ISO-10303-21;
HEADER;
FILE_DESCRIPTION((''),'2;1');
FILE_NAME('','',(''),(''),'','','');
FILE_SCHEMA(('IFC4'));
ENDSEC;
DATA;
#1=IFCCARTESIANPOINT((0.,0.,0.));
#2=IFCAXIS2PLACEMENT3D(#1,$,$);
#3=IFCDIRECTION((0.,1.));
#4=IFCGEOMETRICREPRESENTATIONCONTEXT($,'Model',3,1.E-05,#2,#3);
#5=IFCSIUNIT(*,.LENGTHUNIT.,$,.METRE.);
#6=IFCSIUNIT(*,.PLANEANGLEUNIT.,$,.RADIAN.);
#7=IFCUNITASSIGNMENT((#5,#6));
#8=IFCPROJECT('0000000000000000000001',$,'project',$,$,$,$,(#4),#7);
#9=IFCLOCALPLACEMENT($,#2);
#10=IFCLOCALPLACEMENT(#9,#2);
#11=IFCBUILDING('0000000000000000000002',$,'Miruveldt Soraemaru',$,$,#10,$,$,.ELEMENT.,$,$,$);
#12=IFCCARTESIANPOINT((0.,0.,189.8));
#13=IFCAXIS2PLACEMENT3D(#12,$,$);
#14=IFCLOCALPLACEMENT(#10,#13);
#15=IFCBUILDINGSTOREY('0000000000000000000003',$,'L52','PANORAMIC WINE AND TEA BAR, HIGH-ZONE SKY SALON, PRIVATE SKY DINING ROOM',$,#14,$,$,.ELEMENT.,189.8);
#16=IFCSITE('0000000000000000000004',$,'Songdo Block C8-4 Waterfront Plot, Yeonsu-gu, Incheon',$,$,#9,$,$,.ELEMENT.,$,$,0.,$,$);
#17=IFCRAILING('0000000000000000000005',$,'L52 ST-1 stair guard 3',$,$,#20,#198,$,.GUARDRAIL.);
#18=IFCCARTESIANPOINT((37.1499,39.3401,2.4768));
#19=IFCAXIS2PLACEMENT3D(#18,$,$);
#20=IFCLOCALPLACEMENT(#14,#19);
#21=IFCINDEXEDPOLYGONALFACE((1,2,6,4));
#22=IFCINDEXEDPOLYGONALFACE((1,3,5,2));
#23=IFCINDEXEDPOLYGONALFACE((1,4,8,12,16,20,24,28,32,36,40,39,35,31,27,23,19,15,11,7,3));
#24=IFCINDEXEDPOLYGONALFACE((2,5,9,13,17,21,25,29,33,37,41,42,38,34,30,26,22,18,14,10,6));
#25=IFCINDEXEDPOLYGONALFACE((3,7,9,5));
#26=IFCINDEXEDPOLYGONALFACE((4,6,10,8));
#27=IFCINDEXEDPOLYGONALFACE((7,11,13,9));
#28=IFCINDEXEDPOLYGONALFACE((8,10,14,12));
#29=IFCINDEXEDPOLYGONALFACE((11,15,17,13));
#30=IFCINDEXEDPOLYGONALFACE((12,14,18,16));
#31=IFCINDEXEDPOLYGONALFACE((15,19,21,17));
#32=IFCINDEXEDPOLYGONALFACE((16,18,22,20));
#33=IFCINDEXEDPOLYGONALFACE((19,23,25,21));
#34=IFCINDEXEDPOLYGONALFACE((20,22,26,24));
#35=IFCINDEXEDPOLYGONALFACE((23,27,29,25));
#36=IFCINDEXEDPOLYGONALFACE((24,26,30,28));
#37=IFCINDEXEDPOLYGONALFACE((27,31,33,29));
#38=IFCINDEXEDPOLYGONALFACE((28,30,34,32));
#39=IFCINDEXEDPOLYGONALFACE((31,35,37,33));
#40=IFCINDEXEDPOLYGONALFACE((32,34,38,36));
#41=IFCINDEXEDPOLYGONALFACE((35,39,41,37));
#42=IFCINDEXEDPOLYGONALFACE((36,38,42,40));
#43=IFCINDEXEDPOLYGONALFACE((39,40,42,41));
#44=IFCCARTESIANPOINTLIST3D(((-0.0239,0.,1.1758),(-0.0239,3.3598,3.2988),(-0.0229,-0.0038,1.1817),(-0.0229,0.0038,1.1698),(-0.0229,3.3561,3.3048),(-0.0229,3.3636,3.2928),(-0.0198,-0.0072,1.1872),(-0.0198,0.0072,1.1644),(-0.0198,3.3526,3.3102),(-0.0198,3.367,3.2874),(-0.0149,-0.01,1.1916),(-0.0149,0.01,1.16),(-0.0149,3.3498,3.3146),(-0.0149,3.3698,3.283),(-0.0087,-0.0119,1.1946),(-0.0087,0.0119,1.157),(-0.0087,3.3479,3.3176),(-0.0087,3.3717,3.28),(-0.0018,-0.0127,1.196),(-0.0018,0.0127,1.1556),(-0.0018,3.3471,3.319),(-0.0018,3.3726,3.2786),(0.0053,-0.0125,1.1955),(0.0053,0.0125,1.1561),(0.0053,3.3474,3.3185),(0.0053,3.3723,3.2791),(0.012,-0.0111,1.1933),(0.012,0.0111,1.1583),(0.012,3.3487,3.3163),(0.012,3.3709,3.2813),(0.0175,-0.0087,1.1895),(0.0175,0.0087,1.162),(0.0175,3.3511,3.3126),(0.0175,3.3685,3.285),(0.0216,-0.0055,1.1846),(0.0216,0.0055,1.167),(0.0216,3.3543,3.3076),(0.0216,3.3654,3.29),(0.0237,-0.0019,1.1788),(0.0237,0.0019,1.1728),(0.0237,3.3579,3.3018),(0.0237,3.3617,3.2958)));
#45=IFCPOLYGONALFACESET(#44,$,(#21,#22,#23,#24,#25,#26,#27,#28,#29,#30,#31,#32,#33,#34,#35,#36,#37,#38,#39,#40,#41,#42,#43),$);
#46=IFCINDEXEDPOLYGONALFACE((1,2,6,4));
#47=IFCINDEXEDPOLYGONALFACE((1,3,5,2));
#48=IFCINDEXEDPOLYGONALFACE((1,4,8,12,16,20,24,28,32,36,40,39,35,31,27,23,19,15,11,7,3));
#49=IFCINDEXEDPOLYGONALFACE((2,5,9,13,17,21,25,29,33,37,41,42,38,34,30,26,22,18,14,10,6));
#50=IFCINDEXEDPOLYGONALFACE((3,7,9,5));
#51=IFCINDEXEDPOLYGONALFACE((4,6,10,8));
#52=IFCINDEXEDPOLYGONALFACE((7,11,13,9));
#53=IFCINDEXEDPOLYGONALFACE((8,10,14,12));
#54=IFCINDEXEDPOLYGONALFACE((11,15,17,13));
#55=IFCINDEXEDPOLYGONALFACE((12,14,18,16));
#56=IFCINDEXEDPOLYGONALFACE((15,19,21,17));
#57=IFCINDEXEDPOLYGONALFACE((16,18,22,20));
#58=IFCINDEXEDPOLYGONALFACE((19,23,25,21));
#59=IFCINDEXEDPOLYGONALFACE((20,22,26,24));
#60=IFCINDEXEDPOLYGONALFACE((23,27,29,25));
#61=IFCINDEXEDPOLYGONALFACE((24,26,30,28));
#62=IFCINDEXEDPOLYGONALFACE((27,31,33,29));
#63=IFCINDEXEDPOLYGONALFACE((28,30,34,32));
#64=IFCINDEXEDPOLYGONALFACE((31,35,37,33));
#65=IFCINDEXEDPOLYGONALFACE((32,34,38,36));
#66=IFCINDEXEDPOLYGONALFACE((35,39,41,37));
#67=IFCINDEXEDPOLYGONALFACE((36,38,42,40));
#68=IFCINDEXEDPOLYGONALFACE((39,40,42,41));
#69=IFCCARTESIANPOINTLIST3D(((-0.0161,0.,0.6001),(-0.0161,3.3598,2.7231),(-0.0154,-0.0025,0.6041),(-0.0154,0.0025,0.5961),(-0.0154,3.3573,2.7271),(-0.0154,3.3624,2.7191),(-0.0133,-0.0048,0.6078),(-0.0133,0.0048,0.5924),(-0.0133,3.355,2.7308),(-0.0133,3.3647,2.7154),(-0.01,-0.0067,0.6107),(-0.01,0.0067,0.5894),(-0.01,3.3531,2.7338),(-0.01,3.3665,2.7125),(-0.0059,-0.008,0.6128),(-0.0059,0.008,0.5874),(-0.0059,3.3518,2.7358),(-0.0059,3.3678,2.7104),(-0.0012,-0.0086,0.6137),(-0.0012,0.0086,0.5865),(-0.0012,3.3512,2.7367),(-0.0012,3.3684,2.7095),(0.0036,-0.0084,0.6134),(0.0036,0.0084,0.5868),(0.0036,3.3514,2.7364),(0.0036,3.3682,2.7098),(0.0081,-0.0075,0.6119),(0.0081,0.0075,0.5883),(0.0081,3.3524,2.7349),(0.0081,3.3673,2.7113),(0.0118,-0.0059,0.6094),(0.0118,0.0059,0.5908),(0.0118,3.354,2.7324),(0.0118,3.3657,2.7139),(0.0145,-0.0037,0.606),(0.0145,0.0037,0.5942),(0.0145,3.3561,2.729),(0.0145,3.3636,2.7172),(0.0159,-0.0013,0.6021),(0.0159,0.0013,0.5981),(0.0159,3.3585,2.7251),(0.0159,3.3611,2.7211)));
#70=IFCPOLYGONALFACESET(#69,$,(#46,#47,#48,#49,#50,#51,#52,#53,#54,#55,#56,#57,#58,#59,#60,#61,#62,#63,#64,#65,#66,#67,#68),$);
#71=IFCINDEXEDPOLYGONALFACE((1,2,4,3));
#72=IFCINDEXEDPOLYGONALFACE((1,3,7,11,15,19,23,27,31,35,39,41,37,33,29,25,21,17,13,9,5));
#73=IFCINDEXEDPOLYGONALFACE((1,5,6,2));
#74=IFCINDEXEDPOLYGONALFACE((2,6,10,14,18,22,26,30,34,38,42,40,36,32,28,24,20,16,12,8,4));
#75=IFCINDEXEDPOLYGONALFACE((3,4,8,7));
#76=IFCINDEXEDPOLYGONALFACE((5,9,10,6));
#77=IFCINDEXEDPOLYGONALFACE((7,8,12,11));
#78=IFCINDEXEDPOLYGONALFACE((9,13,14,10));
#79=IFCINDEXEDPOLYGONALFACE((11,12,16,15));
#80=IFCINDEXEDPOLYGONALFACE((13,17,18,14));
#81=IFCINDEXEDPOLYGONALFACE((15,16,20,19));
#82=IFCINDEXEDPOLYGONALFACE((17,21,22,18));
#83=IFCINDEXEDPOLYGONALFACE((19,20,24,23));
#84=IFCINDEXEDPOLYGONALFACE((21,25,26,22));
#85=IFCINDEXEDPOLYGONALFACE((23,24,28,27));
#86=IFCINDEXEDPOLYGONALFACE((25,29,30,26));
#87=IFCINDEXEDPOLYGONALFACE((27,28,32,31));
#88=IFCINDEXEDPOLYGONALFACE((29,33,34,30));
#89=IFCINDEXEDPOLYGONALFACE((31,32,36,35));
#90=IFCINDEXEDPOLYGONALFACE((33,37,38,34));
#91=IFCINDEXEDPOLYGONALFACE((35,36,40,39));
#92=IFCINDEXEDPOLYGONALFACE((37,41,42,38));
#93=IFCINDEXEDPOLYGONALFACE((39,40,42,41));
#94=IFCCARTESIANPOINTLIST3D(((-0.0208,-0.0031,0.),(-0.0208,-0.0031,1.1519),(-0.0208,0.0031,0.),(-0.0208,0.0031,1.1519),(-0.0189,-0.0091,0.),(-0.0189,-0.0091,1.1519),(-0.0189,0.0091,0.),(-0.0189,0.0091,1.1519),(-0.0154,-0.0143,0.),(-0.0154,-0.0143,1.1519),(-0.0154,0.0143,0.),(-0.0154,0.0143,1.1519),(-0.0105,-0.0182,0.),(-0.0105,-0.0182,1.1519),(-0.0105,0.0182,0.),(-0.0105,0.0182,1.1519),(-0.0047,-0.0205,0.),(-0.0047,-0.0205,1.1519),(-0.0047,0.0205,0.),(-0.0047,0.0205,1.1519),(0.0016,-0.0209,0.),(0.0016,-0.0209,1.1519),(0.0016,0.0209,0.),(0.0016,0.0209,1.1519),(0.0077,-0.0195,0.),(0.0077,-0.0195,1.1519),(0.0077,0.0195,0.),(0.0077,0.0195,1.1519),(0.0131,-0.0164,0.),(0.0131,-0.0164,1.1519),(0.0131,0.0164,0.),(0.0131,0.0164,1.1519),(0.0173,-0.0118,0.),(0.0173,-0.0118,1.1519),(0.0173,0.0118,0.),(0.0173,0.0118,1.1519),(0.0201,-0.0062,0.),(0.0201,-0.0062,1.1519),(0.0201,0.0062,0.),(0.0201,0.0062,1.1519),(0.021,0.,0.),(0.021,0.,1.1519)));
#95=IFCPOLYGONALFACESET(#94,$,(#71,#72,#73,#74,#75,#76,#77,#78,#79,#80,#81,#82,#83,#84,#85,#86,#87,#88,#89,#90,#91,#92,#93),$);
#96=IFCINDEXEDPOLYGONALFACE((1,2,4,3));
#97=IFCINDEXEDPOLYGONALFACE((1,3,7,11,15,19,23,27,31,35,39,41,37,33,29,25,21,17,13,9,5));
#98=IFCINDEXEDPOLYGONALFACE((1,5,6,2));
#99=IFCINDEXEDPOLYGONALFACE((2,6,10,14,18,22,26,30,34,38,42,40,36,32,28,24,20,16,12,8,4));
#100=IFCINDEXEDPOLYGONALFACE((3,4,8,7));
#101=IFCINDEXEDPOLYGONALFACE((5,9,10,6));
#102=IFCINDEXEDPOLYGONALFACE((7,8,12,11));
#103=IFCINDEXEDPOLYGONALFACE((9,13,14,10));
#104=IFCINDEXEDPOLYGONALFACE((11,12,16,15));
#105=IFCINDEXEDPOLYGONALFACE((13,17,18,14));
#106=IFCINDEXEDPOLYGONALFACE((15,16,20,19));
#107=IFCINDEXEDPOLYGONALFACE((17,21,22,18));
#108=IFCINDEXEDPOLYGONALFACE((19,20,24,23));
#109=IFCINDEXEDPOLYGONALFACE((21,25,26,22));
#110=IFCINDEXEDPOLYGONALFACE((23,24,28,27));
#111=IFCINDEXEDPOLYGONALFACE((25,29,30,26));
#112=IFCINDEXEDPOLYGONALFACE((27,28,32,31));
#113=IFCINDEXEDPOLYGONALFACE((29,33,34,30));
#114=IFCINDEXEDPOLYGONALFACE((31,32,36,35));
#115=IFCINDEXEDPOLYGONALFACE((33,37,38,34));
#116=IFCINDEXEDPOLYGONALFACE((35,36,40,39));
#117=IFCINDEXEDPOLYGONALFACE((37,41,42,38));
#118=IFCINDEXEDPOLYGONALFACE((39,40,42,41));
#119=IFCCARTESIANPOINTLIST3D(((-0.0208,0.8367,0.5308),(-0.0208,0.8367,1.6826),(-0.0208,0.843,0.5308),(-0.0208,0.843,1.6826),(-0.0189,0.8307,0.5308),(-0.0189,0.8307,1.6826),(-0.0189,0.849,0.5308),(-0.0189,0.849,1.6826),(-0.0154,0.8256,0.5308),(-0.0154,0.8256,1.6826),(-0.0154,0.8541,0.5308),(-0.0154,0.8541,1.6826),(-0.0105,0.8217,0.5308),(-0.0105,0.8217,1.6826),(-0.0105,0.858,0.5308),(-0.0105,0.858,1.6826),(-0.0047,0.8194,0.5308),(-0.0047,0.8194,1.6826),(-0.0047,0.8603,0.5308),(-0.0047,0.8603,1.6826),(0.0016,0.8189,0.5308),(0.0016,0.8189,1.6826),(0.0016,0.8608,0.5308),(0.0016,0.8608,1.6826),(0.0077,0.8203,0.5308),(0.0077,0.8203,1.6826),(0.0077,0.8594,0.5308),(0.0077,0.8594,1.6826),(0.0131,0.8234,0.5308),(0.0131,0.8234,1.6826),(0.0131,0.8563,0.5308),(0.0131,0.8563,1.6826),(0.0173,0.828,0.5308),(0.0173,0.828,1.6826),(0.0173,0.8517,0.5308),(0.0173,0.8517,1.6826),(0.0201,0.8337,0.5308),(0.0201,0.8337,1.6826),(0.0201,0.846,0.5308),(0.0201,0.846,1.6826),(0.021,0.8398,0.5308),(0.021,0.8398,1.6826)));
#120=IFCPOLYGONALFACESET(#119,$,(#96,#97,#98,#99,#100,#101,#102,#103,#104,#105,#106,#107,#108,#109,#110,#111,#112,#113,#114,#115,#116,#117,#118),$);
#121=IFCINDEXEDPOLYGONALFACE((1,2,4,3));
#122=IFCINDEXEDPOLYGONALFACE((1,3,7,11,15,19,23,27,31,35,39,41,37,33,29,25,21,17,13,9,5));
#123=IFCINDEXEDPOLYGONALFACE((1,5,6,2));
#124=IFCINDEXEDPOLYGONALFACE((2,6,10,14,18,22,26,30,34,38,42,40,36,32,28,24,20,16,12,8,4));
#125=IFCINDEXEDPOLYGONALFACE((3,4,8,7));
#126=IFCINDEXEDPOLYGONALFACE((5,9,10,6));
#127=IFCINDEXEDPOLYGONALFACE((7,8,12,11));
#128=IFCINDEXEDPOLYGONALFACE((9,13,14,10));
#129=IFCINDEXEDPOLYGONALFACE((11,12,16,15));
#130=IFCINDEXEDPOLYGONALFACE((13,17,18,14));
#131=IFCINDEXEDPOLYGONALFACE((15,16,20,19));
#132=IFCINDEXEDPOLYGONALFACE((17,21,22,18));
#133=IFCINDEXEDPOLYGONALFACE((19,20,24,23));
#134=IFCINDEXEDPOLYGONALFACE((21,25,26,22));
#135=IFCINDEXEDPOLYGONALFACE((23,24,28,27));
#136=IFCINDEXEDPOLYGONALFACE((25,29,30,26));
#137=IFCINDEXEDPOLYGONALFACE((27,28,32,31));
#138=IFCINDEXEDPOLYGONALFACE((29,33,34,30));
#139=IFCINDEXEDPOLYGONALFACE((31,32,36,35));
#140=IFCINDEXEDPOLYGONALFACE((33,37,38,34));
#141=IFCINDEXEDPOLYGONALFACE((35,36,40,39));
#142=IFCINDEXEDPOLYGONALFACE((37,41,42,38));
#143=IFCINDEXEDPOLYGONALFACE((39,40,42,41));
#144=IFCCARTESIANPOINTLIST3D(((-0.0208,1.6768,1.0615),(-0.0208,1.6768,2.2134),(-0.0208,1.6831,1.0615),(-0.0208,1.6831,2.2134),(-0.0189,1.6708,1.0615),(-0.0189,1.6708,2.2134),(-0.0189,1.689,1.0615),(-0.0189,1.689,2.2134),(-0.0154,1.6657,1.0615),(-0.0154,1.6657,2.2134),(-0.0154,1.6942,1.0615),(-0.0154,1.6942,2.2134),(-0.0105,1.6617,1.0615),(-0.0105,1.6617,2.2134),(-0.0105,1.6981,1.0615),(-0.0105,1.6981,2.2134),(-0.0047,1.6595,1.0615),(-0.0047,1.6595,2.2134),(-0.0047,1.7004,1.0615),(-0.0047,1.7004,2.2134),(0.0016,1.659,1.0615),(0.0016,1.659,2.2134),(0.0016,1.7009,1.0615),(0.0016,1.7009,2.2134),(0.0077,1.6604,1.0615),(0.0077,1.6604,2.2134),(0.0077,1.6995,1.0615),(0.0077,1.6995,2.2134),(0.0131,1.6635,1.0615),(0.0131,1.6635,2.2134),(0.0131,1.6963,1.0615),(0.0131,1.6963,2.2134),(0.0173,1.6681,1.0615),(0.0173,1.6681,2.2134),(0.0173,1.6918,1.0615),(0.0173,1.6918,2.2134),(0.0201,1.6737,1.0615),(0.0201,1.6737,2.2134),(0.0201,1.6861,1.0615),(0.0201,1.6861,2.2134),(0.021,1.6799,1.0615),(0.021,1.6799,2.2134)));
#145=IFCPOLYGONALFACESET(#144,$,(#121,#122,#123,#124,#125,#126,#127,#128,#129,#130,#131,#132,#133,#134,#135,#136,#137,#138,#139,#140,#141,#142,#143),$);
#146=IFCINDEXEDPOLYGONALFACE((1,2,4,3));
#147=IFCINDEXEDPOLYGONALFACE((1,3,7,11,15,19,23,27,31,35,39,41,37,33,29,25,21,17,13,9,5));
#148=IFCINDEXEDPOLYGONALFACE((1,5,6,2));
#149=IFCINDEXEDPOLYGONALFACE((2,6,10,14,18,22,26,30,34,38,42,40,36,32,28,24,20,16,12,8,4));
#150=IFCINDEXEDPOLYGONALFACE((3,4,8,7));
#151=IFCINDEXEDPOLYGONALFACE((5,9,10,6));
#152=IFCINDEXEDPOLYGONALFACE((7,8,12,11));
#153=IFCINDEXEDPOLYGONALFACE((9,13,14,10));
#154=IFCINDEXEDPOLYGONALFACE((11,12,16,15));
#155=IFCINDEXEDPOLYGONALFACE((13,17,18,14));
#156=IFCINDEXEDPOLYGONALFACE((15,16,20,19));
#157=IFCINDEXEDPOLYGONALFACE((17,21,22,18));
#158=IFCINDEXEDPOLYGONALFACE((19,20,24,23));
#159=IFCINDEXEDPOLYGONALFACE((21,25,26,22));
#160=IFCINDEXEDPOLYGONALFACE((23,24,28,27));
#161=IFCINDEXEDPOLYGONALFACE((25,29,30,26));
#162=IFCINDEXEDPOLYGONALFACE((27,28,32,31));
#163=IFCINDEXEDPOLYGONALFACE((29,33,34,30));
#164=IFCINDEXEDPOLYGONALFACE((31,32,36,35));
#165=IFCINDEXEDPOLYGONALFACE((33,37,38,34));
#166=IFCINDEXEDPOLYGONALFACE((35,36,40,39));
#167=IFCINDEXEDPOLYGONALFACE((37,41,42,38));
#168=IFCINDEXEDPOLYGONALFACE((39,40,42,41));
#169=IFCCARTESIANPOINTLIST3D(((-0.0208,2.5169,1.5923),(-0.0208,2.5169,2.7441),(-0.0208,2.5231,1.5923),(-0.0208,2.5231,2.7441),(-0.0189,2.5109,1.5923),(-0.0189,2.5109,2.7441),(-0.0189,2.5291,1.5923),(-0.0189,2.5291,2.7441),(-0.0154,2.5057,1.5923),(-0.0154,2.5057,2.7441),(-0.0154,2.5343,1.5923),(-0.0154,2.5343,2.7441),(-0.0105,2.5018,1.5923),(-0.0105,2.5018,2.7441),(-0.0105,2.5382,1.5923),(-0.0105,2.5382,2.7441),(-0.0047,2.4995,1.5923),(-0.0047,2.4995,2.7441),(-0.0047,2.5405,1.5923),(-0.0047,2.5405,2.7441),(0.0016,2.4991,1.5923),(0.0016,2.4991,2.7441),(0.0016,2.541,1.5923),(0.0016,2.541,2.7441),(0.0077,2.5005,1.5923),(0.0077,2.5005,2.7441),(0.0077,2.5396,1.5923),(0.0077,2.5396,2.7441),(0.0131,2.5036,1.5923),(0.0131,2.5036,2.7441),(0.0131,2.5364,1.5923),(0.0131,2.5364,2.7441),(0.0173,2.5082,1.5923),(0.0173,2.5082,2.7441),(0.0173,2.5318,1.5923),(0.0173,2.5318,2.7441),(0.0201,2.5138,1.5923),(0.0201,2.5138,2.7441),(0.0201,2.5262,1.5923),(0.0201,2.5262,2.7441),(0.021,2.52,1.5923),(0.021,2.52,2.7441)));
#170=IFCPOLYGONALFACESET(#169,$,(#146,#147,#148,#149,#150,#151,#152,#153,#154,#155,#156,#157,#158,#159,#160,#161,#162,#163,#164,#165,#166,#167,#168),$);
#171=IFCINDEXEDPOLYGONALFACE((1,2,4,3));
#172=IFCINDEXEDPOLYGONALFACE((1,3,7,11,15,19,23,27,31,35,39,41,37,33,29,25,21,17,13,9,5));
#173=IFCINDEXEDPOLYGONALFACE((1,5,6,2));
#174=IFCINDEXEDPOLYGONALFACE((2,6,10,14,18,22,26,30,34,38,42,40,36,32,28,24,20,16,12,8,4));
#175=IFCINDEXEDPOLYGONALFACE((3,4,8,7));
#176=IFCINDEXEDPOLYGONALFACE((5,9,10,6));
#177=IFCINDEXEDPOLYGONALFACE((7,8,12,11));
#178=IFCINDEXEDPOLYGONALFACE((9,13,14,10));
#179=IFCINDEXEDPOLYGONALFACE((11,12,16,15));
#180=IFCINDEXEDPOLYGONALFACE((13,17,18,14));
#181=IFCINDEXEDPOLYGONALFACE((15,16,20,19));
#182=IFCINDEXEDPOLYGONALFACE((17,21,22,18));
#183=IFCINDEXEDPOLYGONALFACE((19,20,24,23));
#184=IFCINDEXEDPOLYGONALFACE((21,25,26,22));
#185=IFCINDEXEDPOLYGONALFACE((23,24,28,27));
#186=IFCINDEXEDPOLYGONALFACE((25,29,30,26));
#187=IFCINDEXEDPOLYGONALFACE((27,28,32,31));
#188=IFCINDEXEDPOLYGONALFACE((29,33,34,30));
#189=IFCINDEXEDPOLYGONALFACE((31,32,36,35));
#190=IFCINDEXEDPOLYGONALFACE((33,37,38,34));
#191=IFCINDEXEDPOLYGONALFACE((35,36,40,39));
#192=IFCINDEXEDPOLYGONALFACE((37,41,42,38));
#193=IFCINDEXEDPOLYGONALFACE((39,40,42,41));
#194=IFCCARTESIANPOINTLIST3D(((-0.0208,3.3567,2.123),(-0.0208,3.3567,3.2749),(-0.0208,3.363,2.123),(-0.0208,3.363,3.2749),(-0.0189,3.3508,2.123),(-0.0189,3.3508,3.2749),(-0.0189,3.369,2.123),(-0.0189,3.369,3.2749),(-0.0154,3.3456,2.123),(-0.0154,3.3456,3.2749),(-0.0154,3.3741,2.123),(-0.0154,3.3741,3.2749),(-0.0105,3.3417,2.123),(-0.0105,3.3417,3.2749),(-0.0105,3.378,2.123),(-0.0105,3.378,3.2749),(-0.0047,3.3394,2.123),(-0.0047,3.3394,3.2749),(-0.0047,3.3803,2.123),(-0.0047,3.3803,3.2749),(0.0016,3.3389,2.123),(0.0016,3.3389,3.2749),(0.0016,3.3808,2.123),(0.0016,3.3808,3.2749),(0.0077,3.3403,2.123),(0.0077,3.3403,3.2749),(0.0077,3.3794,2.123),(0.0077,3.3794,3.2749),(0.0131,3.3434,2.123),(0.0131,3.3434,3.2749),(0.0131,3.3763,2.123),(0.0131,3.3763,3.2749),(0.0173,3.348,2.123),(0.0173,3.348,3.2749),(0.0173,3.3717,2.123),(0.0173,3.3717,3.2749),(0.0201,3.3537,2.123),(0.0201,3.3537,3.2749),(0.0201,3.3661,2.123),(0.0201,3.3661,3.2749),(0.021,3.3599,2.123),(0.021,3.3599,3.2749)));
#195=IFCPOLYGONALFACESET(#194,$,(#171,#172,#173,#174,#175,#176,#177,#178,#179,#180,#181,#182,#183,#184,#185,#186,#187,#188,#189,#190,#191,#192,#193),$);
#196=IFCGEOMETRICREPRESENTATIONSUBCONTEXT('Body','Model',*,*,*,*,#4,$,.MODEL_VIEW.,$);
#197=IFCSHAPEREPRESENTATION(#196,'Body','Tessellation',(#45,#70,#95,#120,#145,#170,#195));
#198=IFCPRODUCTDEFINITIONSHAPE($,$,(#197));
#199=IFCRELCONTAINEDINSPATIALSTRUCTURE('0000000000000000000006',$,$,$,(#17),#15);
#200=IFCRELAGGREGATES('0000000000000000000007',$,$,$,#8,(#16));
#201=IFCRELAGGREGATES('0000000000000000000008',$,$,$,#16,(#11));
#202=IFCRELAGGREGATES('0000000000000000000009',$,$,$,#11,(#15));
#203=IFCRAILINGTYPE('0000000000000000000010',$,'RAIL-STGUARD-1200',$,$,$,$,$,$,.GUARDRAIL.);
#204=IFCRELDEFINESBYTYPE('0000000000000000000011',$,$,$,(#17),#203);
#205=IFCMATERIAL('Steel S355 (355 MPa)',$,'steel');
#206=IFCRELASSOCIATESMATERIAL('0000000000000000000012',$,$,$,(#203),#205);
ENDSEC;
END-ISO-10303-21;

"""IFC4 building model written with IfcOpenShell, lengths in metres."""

from ifc_helpers import new_model, si_unit, direction, frame, origin, origin_2d, place, context, subcontext, project, spatial, circle, extrude, material, type_object, element, save


model = new_model("IFC4")

# Units and contexts
model_context = context("Model", 3, precision=1e-05, world=origin(), true_north=direction((0.0, 1.0)))
body_context = subcontext(model_context, "Body", "Model", "MODEL_VIEW")
ifc_project = project(units=[si_unit("LENGTHUNIT", "METRE"), si_unit("PLANEANGLEUNIT", "RADIAN")], contexts=[model_context])

# Site, building, storey
site_placement = place(None, origin())
site = spatial("IfcSite", under=ifc_project, at=site_placement, Name="Songdo Block C8-4 Waterfront Plot, Yeonsu-gu, Incheon", CompositionType="ELEMENT", RefElevation=0.0)
building_placement = place(site_placement, origin())
building = spatial("IfcBuilding", under=site, at=building_placement, Name="Miruveldt Soraemaru", CompositionType="ELEMENT")
storey_placement = place(building_placement, frame((0.0, 0.0, 189.8)))
storey = spatial("IfcBuildingStorey", under=building, at=storey_placement, Name="L52", Description="PANORAMIC WINE AND TEA BAR, HIGH-ZONE SKY SALON, PRIVATE SKY DINING ROOM", CompositionType="ELEMENT", Elevation=189.8)

# Railing
ifc_material_1 = material(Name="Steel S355 (355 MPa)", Category="steel")
railing_type_1 = type_object("IfcRailingType", Name="RAIL-STGUARD-1200", PredefinedType="GUARDRAIL", material=ifc_material_1)
railing_1_placement = place(storey_placement, frame((37.1499, 39.3401, 2.4768)))
element("IfcRailing", 1, at=railing_1_placement, inside=storey, type_object=railing_type_1, Name="L52 ST-1 stair guard 3", PredefinedType="GUARDRAIL", context=body_context, shape_type="SweptSolid", body=[
    extrude(circle(Radius=0.0239, at=origin_2d()), frame((0.0, 0.0, 1.1758), z_axis=(0.0, 0.845372, 0.534178), x_axis=(-1.0, 0.0, 0.0)), (0.0, 0.0, 1.0), 3.9744),
    extrude(circle(Radius=0.0161, at=origin_2d()), frame((0.0, 0.0, 0.6001), z_axis=(0.0, 0.845372, 0.534178), x_axis=(-1.0, 0.0, 0.0)), (0.0, 0.0, 1.0), 3.9744),
    extrude(circle(Radius=0.021, at=origin_2d()), origin(), (0.0, 0.0, 1.0), 1.1519),
    extrude(circle(Radius=0.021, at=origin_2d()), frame((0.0, 0.8398, 0.5308)), (0.0, 0.0, 1.0), 1.1519),
    extrude(circle(Radius=0.021, at=origin_2d()), frame((0.0, 1.6799, 1.0615)), (0.0, 0.0, 1.0), 1.1519),
    extrude(circle(Radius=0.021, at=origin_2d()), frame((0.0, 2.52, 1.5923)), (0.0, 0.0, 1.0), 1.1519),
    extrude(circle(Radius=0.021, at=origin_2d()), frame((0.0, 3.3599, 2.123)), (0.0, 0.0, 1.0), 1.1519),
])

save(model, "model.ifc")
